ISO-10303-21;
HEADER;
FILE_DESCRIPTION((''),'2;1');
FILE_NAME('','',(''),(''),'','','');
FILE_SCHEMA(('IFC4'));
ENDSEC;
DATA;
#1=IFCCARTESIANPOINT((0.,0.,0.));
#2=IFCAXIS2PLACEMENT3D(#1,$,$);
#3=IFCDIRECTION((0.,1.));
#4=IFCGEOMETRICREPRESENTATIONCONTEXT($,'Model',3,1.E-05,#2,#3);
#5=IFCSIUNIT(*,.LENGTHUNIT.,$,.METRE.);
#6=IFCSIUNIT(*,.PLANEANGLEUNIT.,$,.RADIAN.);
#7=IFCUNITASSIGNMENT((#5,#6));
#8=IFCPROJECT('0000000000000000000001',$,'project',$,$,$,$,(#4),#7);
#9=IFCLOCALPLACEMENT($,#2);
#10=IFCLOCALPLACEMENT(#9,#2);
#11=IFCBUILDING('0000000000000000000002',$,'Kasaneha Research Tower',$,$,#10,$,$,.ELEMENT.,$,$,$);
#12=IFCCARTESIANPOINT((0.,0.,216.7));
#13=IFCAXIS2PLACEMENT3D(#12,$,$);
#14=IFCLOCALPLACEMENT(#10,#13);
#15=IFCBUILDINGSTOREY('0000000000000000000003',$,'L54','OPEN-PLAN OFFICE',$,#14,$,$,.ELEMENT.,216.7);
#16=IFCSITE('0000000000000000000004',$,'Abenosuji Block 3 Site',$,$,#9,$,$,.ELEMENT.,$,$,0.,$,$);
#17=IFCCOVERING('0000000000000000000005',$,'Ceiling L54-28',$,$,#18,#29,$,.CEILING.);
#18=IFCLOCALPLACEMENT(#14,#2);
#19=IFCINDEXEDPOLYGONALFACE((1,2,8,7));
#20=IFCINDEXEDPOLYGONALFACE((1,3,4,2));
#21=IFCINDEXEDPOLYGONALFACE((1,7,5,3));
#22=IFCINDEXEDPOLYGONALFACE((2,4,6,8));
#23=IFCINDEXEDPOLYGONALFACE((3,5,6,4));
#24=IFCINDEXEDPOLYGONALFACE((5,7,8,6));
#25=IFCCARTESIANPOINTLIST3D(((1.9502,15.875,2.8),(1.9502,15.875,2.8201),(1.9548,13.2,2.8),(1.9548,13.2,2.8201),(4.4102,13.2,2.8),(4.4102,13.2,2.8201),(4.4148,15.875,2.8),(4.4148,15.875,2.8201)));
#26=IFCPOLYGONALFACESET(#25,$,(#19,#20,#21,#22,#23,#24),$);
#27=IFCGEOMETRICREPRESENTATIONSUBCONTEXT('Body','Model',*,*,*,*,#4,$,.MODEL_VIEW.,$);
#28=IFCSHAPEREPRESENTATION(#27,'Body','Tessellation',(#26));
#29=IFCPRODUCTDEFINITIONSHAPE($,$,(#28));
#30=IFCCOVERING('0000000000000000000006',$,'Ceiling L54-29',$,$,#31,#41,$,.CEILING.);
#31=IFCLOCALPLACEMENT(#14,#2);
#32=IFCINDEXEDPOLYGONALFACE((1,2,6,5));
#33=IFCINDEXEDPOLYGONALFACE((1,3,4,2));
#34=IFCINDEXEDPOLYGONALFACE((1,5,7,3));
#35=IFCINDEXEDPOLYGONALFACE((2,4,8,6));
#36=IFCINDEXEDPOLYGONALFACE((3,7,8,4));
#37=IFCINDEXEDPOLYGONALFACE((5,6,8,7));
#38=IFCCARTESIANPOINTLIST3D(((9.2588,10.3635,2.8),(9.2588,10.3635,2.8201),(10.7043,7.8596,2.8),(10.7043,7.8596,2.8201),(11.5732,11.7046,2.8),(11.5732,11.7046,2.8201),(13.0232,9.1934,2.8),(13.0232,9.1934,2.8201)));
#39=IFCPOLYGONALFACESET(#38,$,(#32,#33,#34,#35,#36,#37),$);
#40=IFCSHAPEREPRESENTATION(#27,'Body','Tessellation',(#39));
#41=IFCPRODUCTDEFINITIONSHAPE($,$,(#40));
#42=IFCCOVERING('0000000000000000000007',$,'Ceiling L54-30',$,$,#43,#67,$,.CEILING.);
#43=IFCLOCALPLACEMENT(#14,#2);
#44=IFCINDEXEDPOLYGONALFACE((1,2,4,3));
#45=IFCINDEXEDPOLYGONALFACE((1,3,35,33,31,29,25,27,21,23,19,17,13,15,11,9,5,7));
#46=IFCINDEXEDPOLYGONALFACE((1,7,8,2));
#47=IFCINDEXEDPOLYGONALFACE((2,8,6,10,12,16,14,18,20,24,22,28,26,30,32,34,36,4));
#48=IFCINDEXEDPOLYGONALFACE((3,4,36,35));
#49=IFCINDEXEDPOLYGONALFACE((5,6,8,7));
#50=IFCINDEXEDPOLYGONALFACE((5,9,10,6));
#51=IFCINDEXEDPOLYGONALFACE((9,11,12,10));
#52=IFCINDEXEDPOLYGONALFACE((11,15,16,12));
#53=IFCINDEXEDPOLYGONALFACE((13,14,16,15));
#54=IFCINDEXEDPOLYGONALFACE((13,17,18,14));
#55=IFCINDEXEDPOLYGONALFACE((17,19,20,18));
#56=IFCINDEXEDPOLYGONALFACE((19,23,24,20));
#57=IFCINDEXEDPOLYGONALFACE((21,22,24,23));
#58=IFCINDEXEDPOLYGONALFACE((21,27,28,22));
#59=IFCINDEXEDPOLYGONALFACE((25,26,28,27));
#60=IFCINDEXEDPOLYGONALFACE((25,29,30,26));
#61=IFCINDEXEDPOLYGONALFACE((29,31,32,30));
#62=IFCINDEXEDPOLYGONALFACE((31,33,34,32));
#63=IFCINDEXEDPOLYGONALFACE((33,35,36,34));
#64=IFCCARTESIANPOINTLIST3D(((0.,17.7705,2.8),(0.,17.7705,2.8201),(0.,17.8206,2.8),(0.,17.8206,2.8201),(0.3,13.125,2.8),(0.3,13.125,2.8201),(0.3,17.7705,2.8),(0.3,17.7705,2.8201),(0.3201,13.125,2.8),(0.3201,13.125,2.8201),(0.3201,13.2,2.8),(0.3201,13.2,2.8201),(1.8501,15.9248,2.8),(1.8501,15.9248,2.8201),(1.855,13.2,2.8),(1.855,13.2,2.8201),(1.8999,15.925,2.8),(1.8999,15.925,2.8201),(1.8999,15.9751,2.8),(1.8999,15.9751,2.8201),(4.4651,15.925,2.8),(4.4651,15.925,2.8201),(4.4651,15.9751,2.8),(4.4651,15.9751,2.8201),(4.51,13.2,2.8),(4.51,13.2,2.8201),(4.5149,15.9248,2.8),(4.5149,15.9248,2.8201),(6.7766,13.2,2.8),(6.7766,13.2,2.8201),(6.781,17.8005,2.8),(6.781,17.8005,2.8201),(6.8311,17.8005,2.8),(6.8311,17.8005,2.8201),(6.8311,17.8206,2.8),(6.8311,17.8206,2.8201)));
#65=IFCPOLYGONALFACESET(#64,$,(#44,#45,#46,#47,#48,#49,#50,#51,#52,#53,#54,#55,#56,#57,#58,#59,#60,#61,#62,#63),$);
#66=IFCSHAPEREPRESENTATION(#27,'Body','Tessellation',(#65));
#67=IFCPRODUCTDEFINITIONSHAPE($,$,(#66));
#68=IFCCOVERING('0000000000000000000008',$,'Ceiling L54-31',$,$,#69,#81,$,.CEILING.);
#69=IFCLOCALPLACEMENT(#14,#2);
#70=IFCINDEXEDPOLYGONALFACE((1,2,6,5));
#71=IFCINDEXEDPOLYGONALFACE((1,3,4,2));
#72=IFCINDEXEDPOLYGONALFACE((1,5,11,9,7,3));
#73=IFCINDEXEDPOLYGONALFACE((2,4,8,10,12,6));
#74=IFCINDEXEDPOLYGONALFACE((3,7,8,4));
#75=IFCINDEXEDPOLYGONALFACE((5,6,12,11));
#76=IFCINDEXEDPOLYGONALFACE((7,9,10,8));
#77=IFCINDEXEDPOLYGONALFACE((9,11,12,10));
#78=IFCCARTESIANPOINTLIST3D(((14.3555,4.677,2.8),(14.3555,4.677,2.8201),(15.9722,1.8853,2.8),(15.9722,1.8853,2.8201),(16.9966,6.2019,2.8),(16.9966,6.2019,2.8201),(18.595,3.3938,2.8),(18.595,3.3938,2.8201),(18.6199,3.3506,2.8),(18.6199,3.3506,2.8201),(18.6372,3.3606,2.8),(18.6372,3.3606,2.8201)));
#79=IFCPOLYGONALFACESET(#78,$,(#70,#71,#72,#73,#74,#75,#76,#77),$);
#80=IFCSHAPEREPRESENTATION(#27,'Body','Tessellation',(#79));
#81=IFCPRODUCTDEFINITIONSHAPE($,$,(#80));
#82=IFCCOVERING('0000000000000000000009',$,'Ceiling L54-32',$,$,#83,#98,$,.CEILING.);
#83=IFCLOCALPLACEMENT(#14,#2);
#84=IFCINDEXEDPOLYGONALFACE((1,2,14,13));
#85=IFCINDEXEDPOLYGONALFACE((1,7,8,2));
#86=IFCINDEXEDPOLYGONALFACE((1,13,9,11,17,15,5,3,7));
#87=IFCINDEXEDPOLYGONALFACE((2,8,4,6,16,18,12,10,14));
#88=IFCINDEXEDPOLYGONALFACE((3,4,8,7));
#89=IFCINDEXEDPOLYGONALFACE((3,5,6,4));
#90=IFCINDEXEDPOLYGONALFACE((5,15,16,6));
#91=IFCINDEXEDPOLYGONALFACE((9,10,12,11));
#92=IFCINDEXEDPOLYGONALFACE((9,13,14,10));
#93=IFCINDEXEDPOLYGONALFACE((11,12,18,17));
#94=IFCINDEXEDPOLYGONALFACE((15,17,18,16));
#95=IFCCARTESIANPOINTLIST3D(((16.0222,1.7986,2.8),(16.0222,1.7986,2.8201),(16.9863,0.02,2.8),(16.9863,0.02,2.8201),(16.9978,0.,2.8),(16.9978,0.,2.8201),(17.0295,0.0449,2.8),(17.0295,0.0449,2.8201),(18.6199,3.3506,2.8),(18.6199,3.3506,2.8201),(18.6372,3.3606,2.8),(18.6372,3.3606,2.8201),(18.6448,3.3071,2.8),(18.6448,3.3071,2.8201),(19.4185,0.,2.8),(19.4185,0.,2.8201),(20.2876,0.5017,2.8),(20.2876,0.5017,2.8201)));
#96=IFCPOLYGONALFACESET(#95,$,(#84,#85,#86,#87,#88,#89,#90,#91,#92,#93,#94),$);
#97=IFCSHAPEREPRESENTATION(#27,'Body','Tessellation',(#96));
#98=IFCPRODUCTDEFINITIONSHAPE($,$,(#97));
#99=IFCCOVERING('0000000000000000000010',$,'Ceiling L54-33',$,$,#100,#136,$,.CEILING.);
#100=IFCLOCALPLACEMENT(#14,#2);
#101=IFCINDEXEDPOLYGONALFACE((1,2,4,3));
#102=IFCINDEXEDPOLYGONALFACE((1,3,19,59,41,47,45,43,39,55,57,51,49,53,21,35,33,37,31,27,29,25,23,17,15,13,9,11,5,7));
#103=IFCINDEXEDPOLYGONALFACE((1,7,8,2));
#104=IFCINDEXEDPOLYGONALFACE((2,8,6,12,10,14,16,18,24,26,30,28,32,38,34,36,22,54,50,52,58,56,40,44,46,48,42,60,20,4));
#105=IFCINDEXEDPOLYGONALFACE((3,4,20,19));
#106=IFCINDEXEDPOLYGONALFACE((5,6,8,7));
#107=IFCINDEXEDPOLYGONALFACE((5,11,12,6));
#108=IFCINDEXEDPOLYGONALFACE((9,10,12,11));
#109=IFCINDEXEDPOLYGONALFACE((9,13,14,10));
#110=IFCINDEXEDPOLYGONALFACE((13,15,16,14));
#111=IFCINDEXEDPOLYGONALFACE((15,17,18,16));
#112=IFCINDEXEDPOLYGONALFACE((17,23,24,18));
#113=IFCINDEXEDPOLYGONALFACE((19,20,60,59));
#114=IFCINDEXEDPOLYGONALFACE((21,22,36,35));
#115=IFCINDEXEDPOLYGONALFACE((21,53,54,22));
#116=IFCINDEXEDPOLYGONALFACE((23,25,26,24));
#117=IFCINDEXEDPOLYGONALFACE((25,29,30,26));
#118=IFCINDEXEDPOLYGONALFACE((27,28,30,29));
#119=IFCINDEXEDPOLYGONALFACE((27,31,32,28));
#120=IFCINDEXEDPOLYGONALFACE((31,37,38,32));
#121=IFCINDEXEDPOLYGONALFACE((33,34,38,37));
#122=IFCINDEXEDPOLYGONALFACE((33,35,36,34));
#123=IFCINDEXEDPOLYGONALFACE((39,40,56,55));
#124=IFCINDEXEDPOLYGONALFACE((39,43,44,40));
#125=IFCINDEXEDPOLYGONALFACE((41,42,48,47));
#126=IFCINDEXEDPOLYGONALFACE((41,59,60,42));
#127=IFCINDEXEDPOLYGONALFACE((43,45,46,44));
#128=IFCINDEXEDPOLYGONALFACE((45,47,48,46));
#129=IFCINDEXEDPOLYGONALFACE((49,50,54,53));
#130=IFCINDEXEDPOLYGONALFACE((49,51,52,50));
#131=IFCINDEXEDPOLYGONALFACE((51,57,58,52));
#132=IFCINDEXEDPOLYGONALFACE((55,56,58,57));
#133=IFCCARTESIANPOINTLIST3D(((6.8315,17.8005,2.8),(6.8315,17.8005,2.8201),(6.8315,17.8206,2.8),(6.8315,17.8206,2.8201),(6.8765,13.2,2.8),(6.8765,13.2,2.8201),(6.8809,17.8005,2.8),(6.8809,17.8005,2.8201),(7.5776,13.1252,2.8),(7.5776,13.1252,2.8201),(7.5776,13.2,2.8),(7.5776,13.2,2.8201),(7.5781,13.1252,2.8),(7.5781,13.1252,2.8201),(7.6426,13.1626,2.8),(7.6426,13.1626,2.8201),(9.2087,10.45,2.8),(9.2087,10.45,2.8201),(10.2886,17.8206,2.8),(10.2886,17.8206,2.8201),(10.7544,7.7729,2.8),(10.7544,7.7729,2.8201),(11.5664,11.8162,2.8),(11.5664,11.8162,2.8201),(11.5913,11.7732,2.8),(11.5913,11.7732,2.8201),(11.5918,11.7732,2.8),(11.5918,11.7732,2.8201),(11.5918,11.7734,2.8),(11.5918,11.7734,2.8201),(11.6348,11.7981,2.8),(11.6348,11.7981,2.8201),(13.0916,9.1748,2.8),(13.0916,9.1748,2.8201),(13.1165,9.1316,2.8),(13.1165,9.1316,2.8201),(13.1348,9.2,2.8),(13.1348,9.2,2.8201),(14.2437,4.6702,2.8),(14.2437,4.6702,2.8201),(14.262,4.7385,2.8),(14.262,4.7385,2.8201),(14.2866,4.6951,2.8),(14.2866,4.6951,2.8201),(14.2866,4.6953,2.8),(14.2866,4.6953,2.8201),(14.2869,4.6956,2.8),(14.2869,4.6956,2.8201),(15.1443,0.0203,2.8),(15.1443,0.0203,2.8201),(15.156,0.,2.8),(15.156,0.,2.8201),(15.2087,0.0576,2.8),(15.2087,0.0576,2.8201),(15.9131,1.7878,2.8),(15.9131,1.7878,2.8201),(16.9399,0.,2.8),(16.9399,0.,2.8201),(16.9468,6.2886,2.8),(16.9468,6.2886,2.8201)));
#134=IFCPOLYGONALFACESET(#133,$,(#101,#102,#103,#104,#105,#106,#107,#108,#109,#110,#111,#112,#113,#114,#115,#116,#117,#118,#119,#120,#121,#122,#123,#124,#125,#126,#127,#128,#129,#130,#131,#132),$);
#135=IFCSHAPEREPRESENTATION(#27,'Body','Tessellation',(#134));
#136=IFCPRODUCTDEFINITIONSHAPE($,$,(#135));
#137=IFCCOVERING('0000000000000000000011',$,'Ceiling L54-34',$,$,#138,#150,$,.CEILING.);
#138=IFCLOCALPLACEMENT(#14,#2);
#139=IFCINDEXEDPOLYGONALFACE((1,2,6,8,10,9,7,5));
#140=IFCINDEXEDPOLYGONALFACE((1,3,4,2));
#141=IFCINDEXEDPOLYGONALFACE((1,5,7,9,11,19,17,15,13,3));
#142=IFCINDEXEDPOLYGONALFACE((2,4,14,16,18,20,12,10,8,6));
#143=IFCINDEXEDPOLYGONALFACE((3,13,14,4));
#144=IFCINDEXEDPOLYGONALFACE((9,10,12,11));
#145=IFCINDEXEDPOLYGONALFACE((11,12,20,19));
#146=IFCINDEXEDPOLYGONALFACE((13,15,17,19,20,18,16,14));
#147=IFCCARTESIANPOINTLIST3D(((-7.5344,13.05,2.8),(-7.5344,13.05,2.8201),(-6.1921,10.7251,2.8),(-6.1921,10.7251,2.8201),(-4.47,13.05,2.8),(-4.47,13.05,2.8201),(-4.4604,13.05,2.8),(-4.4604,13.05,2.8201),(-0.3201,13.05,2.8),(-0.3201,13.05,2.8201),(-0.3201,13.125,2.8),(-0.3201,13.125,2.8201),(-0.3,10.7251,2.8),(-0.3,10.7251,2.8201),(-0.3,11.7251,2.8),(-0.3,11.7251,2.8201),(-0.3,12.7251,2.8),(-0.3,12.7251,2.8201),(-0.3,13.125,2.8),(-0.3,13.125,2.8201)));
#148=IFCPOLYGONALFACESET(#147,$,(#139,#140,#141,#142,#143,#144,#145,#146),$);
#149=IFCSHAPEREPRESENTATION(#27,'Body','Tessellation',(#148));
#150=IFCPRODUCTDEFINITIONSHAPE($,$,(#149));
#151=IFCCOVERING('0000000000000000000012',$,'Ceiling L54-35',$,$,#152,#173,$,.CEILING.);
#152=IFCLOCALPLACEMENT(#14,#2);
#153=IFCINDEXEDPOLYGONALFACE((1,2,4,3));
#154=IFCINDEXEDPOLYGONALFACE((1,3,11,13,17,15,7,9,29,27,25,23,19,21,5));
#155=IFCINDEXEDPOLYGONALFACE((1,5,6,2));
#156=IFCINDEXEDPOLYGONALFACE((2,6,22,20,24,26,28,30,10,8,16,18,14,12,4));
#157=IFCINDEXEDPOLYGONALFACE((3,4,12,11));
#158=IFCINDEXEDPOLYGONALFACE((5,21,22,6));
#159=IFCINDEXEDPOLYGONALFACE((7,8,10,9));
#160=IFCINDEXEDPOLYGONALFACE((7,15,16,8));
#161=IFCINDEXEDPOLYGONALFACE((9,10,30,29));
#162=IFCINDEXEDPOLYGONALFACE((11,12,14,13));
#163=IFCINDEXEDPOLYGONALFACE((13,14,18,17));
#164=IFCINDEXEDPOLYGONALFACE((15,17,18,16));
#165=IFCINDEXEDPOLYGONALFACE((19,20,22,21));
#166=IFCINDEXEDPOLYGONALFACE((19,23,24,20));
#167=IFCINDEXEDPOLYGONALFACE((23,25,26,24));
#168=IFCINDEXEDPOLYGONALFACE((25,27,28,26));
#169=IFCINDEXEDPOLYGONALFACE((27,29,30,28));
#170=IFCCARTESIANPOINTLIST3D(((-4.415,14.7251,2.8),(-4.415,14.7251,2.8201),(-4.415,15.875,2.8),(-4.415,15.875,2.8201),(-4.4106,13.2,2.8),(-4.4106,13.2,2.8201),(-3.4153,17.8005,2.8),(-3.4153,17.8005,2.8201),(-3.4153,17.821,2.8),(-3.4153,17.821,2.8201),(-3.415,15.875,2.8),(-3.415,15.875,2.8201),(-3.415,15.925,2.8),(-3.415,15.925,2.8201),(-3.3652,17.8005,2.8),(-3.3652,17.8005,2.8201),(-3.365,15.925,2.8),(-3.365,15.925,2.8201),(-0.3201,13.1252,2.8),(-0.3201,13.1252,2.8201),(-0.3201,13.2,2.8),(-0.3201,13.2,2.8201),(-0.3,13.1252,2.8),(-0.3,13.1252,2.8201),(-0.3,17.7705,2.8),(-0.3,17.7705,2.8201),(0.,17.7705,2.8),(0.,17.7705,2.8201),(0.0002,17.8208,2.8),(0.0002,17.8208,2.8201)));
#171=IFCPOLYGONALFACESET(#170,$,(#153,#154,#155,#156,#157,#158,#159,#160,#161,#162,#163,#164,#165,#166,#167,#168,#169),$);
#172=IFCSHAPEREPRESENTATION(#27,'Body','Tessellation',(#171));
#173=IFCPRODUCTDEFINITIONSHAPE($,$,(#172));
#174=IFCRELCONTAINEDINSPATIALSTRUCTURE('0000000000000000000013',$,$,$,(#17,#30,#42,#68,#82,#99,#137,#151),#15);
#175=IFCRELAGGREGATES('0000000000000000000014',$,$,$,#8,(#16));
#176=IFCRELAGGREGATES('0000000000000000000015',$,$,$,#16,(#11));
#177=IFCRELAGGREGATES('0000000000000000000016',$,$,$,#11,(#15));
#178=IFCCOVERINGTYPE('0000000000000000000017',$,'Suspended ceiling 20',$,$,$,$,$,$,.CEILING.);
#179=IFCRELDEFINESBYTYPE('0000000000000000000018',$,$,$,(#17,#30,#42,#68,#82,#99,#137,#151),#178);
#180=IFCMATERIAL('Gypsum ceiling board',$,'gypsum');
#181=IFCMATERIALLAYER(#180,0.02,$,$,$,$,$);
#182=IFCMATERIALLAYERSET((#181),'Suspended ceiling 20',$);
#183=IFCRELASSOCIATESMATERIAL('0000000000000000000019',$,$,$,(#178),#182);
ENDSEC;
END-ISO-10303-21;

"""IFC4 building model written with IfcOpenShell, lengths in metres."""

from ifc_helpers import new_model, si_unit, direction, frame, origin, place, context, subcontext, project, spatial, polyline, outline, extrude, material, layer, layer_set, type_object, element, save


model = new_model("IFC4")

# Units and contexts
model_context = context("Model", 3, precision=1e-05, world=origin(), true_north=direction((0.0, 1.0)))
body_context = subcontext(model_context, "Body", "Model", "MODEL_VIEW")
ifc_project = project(units=[si_unit("LENGTHUNIT", "METRE"), si_unit("PLANEANGLEUNIT", "RADIAN")], contexts=[model_context])

# Site, building, storey
site_placement = place(None, origin())
site = spatial("IfcSite", under=ifc_project, at=site_placement, Name="Abenosuji Block 3 Site", CompositionType="ELEMENT", RefElevation=0.0)
building_placement = place(site_placement, origin())
building = spatial("IfcBuilding", under=site, at=building_placement, Name="Kasaneha Research Tower", CompositionType="ELEMENT")
storey_placement = place(building_placement, frame((0.0, 0.0, 216.7)))
storey = spatial("IfcBuildingStorey", under=building, at=storey_placement, Name="L54", Description="OPEN-PLAN OFFICE", CompositionType="ELEMENT", Elevation=216.7)

# Coverings
ifc_material_1 = material(Name="Gypsum ceiling board", Category="gypsum")
ifc_layer_1 = layer(ifc_material_1, 0.02)
ifc_layer_set_1 = layer_set([ifc_layer_1], Name="Suspended ceiling 20")
covering_type_1 = type_object("IfcCoveringType", Name="Suspended ceiling 20", PredefinedType="CEILING", material=ifc_layer_set_1)
covering_1_placement = place(storey_placement, frame((0.0, 0.0, 2.8)))
element("IfcCovering", 1, at=covering_1_placement, inside=storey, type_object=covering_type_1, Name="Ceiling L54-28", PredefinedType="CEILING", context=body_context, shape_type="SweptSolid", body=[
    extrude(outline(polyline([(4.4102, 13.2), (1.9548, 13.2), (1.9502, 15.875), (4.4148, 15.875), (4.4102, 13.2)])), origin(), (0.0, 0.0, 1.0), 0.02),
])
covering_2_placement = place(storey_placement, frame((0.0, 0.0, 2.8)))
element("IfcCovering", 2, at=covering_2_placement, inside=storey, type_object=covering_type_1, Name="Ceiling L54-29", PredefinedType="CEILING", context=body_context, shape_type="SweptSolid", body=[
    extrude(outline(polyline([(9.2588, 10.3635), (11.5732, 11.7046), (13.0232, 9.1934), (10.7043, 7.8596), (9.2588, 10.3635)])), origin(), (0.0, 0.0, 1.0), 0.02),
])
covering_3_placement = place(storey_placement, frame((0.0, 0.0, 2.8)))
element("IfcCovering", 3, at=covering_3_placement, inside=storey, type_object=covering_type_1, Name="Ceiling L54-30", PredefinedType="CEILING", context=body_context, shape_type="SweptSolid", body=[
    extrude(outline(polyline([(6.8311, 17.8206), (6.8311, 17.8005), (6.781, 17.8005), (6.7766, 13.2), (4.51, 13.2), (4.5149, 15.9248), (4.4651, 15.925), (4.4651, 15.9751), (1.8999, 15.9751), (1.8999, 15.925), (1.8501, 15.9248), (1.855, 13.2), (0.3201, 13.2), (0.3201, 13.125), (0.3, 13.125), (0.3, 17.7705), (0.3, 17.7705), (0.0, 17.7705), (0.0, 17.8206), (6.8311, 17.8206)])), origin(), (0.0, 0.0, 1.0), 0.02),
])
covering_4_placement = place(storey_placement, frame((0.0, 0.0, 2.8)))
element("IfcCovering", 4, at=covering_4_placement, inside=storey, type_object=covering_type_1, Name="Ceiling L54-31", PredefinedType="CEILING", context=body_context, shape_type="SweptSolid", body=[
    extrude(outline(polyline([(18.6372, 3.3606), (18.6199, 3.3506), (18.595, 3.3938), (15.9722, 1.8853), (14.3555, 4.677), (16.9966, 6.2019), (18.6372, 3.3606)])), origin(), (0.0, 0.0, 1.0), 0.02),
])
covering_5_placement = place(storey_placement, frame((0.0, 0.0, 2.8)))
element("IfcCovering", 5, at=covering_5_placement, inside=storey, type_object=covering_type_1, Name="Ceiling L54-32", PredefinedType="CEILING", context=body_context, shape_type="SweptSolid", body=[
    extrude(outline(polyline([(20.2876, 0.5017), (19.4185, 0.0), (16.9978, 0.0), (16.9863, 0.02), (17.0295, 0.0449), (16.0222, 1.7986), (18.6448, 3.3071), (18.6199, 3.3506), (18.6372, 3.3606), (20.2876, 0.5017)])), origin(), (0.0, 0.0, 1.0), 0.02),
])
covering_6_placement = place(storey_placement, frame((0.0, 0.0, 2.8)))
element("IfcCovering", 6, at=covering_6_placement, inside=storey, type_object=covering_type_1, Name="Ceiling L54-33", PredefinedType="CEILING", context=body_context, shape_type="SweptSolid", body=[
    extrude(outline(polyline([(11.5918, 11.7734), (11.5913, 11.7732), (11.5664, 11.8162), (9.2087, 10.45), (7.6426, 13.1626), (7.5781, 13.1252), (7.5781, 13.1252), (7.5776, 13.1252), (7.5776, 13.2), (6.8765, 13.2), (6.8809, 17.8005), (6.8315, 17.8005), (6.8315, 17.8206), (10.2886, 17.8206), (16.9468, 6.2886), (14.262, 4.7385), (14.2869, 4.6956), (14.2866, 4.6953), (14.2866, 4.6951), (14.2437, 4.6702), (15.9131, 1.7878), (16.9399, 0.0), (15.156, 0.0), (15.1443, 0.0203), (15.2087, 0.0576), (10.7544, 7.7729), (13.1165, 9.1316), (13.0916, 9.1748), (13.1348, 9.2), (11.6348, 11.7981), (11.5918, 11.7732), (11.5918, 11.7734)])), origin(), (0.0, 0.0, 1.0), 0.02),
])
covering_7_placement = place(storey_placement, frame((0.0, 0.0, 2.8)))
element("IfcCovering", 7, at=covering_7_placement, inside=storey, type_object=covering_type_1, Name="Ceiling L54-34", PredefinedType="CEILING", context=body_context, shape_type="SweptSolid", body=[
    extrude(outline(polyline([(-0.3, 11.7251), (-0.3, 10.7251), (-6.1921, 10.7251), (-7.5344, 13.05), (-4.47, 13.05), (-4.4604, 13.05), (-0.3201, 13.05), (-0.3201, 13.125), (-0.3, 13.125), (-0.3, 12.7251), (-0.3, 11.7251)])), origin(), (0.0, 0.0, 1.0), 0.02),
])
covering_8_placement = place(storey_placement, frame((0.0, 0.0, 2.8)))
element("IfcCovering", 8, at=covering_8_placement, inside=storey, type_object=covering_type_1, Name="Ceiling L54-35", PredefinedType="CEILING", context=body_context, shape_type="SweptSolid", body=[
    extrude(outline(polyline([(0.0002, 17.8208), (0.0, 17.7705), (-0.3, 17.7705), (-0.3, 13.1252), (-0.3201, 13.1252), (-0.3201, 13.2), (-4.4106, 13.2), (-4.415, 14.7251), (-4.415, 15.875), (-3.415, 15.875), (-3.415, 15.925), (-3.415, 15.925), (-3.415, 15.925), (-3.365, 15.925), (-3.3652, 17.8005), (-3.4153, 17.8005), (-3.4153, 17.821), (0.0002, 17.8208)])), origin(), (0.0, 0.0, 1.0), 0.02),
])

save(model, "model.ifc")
